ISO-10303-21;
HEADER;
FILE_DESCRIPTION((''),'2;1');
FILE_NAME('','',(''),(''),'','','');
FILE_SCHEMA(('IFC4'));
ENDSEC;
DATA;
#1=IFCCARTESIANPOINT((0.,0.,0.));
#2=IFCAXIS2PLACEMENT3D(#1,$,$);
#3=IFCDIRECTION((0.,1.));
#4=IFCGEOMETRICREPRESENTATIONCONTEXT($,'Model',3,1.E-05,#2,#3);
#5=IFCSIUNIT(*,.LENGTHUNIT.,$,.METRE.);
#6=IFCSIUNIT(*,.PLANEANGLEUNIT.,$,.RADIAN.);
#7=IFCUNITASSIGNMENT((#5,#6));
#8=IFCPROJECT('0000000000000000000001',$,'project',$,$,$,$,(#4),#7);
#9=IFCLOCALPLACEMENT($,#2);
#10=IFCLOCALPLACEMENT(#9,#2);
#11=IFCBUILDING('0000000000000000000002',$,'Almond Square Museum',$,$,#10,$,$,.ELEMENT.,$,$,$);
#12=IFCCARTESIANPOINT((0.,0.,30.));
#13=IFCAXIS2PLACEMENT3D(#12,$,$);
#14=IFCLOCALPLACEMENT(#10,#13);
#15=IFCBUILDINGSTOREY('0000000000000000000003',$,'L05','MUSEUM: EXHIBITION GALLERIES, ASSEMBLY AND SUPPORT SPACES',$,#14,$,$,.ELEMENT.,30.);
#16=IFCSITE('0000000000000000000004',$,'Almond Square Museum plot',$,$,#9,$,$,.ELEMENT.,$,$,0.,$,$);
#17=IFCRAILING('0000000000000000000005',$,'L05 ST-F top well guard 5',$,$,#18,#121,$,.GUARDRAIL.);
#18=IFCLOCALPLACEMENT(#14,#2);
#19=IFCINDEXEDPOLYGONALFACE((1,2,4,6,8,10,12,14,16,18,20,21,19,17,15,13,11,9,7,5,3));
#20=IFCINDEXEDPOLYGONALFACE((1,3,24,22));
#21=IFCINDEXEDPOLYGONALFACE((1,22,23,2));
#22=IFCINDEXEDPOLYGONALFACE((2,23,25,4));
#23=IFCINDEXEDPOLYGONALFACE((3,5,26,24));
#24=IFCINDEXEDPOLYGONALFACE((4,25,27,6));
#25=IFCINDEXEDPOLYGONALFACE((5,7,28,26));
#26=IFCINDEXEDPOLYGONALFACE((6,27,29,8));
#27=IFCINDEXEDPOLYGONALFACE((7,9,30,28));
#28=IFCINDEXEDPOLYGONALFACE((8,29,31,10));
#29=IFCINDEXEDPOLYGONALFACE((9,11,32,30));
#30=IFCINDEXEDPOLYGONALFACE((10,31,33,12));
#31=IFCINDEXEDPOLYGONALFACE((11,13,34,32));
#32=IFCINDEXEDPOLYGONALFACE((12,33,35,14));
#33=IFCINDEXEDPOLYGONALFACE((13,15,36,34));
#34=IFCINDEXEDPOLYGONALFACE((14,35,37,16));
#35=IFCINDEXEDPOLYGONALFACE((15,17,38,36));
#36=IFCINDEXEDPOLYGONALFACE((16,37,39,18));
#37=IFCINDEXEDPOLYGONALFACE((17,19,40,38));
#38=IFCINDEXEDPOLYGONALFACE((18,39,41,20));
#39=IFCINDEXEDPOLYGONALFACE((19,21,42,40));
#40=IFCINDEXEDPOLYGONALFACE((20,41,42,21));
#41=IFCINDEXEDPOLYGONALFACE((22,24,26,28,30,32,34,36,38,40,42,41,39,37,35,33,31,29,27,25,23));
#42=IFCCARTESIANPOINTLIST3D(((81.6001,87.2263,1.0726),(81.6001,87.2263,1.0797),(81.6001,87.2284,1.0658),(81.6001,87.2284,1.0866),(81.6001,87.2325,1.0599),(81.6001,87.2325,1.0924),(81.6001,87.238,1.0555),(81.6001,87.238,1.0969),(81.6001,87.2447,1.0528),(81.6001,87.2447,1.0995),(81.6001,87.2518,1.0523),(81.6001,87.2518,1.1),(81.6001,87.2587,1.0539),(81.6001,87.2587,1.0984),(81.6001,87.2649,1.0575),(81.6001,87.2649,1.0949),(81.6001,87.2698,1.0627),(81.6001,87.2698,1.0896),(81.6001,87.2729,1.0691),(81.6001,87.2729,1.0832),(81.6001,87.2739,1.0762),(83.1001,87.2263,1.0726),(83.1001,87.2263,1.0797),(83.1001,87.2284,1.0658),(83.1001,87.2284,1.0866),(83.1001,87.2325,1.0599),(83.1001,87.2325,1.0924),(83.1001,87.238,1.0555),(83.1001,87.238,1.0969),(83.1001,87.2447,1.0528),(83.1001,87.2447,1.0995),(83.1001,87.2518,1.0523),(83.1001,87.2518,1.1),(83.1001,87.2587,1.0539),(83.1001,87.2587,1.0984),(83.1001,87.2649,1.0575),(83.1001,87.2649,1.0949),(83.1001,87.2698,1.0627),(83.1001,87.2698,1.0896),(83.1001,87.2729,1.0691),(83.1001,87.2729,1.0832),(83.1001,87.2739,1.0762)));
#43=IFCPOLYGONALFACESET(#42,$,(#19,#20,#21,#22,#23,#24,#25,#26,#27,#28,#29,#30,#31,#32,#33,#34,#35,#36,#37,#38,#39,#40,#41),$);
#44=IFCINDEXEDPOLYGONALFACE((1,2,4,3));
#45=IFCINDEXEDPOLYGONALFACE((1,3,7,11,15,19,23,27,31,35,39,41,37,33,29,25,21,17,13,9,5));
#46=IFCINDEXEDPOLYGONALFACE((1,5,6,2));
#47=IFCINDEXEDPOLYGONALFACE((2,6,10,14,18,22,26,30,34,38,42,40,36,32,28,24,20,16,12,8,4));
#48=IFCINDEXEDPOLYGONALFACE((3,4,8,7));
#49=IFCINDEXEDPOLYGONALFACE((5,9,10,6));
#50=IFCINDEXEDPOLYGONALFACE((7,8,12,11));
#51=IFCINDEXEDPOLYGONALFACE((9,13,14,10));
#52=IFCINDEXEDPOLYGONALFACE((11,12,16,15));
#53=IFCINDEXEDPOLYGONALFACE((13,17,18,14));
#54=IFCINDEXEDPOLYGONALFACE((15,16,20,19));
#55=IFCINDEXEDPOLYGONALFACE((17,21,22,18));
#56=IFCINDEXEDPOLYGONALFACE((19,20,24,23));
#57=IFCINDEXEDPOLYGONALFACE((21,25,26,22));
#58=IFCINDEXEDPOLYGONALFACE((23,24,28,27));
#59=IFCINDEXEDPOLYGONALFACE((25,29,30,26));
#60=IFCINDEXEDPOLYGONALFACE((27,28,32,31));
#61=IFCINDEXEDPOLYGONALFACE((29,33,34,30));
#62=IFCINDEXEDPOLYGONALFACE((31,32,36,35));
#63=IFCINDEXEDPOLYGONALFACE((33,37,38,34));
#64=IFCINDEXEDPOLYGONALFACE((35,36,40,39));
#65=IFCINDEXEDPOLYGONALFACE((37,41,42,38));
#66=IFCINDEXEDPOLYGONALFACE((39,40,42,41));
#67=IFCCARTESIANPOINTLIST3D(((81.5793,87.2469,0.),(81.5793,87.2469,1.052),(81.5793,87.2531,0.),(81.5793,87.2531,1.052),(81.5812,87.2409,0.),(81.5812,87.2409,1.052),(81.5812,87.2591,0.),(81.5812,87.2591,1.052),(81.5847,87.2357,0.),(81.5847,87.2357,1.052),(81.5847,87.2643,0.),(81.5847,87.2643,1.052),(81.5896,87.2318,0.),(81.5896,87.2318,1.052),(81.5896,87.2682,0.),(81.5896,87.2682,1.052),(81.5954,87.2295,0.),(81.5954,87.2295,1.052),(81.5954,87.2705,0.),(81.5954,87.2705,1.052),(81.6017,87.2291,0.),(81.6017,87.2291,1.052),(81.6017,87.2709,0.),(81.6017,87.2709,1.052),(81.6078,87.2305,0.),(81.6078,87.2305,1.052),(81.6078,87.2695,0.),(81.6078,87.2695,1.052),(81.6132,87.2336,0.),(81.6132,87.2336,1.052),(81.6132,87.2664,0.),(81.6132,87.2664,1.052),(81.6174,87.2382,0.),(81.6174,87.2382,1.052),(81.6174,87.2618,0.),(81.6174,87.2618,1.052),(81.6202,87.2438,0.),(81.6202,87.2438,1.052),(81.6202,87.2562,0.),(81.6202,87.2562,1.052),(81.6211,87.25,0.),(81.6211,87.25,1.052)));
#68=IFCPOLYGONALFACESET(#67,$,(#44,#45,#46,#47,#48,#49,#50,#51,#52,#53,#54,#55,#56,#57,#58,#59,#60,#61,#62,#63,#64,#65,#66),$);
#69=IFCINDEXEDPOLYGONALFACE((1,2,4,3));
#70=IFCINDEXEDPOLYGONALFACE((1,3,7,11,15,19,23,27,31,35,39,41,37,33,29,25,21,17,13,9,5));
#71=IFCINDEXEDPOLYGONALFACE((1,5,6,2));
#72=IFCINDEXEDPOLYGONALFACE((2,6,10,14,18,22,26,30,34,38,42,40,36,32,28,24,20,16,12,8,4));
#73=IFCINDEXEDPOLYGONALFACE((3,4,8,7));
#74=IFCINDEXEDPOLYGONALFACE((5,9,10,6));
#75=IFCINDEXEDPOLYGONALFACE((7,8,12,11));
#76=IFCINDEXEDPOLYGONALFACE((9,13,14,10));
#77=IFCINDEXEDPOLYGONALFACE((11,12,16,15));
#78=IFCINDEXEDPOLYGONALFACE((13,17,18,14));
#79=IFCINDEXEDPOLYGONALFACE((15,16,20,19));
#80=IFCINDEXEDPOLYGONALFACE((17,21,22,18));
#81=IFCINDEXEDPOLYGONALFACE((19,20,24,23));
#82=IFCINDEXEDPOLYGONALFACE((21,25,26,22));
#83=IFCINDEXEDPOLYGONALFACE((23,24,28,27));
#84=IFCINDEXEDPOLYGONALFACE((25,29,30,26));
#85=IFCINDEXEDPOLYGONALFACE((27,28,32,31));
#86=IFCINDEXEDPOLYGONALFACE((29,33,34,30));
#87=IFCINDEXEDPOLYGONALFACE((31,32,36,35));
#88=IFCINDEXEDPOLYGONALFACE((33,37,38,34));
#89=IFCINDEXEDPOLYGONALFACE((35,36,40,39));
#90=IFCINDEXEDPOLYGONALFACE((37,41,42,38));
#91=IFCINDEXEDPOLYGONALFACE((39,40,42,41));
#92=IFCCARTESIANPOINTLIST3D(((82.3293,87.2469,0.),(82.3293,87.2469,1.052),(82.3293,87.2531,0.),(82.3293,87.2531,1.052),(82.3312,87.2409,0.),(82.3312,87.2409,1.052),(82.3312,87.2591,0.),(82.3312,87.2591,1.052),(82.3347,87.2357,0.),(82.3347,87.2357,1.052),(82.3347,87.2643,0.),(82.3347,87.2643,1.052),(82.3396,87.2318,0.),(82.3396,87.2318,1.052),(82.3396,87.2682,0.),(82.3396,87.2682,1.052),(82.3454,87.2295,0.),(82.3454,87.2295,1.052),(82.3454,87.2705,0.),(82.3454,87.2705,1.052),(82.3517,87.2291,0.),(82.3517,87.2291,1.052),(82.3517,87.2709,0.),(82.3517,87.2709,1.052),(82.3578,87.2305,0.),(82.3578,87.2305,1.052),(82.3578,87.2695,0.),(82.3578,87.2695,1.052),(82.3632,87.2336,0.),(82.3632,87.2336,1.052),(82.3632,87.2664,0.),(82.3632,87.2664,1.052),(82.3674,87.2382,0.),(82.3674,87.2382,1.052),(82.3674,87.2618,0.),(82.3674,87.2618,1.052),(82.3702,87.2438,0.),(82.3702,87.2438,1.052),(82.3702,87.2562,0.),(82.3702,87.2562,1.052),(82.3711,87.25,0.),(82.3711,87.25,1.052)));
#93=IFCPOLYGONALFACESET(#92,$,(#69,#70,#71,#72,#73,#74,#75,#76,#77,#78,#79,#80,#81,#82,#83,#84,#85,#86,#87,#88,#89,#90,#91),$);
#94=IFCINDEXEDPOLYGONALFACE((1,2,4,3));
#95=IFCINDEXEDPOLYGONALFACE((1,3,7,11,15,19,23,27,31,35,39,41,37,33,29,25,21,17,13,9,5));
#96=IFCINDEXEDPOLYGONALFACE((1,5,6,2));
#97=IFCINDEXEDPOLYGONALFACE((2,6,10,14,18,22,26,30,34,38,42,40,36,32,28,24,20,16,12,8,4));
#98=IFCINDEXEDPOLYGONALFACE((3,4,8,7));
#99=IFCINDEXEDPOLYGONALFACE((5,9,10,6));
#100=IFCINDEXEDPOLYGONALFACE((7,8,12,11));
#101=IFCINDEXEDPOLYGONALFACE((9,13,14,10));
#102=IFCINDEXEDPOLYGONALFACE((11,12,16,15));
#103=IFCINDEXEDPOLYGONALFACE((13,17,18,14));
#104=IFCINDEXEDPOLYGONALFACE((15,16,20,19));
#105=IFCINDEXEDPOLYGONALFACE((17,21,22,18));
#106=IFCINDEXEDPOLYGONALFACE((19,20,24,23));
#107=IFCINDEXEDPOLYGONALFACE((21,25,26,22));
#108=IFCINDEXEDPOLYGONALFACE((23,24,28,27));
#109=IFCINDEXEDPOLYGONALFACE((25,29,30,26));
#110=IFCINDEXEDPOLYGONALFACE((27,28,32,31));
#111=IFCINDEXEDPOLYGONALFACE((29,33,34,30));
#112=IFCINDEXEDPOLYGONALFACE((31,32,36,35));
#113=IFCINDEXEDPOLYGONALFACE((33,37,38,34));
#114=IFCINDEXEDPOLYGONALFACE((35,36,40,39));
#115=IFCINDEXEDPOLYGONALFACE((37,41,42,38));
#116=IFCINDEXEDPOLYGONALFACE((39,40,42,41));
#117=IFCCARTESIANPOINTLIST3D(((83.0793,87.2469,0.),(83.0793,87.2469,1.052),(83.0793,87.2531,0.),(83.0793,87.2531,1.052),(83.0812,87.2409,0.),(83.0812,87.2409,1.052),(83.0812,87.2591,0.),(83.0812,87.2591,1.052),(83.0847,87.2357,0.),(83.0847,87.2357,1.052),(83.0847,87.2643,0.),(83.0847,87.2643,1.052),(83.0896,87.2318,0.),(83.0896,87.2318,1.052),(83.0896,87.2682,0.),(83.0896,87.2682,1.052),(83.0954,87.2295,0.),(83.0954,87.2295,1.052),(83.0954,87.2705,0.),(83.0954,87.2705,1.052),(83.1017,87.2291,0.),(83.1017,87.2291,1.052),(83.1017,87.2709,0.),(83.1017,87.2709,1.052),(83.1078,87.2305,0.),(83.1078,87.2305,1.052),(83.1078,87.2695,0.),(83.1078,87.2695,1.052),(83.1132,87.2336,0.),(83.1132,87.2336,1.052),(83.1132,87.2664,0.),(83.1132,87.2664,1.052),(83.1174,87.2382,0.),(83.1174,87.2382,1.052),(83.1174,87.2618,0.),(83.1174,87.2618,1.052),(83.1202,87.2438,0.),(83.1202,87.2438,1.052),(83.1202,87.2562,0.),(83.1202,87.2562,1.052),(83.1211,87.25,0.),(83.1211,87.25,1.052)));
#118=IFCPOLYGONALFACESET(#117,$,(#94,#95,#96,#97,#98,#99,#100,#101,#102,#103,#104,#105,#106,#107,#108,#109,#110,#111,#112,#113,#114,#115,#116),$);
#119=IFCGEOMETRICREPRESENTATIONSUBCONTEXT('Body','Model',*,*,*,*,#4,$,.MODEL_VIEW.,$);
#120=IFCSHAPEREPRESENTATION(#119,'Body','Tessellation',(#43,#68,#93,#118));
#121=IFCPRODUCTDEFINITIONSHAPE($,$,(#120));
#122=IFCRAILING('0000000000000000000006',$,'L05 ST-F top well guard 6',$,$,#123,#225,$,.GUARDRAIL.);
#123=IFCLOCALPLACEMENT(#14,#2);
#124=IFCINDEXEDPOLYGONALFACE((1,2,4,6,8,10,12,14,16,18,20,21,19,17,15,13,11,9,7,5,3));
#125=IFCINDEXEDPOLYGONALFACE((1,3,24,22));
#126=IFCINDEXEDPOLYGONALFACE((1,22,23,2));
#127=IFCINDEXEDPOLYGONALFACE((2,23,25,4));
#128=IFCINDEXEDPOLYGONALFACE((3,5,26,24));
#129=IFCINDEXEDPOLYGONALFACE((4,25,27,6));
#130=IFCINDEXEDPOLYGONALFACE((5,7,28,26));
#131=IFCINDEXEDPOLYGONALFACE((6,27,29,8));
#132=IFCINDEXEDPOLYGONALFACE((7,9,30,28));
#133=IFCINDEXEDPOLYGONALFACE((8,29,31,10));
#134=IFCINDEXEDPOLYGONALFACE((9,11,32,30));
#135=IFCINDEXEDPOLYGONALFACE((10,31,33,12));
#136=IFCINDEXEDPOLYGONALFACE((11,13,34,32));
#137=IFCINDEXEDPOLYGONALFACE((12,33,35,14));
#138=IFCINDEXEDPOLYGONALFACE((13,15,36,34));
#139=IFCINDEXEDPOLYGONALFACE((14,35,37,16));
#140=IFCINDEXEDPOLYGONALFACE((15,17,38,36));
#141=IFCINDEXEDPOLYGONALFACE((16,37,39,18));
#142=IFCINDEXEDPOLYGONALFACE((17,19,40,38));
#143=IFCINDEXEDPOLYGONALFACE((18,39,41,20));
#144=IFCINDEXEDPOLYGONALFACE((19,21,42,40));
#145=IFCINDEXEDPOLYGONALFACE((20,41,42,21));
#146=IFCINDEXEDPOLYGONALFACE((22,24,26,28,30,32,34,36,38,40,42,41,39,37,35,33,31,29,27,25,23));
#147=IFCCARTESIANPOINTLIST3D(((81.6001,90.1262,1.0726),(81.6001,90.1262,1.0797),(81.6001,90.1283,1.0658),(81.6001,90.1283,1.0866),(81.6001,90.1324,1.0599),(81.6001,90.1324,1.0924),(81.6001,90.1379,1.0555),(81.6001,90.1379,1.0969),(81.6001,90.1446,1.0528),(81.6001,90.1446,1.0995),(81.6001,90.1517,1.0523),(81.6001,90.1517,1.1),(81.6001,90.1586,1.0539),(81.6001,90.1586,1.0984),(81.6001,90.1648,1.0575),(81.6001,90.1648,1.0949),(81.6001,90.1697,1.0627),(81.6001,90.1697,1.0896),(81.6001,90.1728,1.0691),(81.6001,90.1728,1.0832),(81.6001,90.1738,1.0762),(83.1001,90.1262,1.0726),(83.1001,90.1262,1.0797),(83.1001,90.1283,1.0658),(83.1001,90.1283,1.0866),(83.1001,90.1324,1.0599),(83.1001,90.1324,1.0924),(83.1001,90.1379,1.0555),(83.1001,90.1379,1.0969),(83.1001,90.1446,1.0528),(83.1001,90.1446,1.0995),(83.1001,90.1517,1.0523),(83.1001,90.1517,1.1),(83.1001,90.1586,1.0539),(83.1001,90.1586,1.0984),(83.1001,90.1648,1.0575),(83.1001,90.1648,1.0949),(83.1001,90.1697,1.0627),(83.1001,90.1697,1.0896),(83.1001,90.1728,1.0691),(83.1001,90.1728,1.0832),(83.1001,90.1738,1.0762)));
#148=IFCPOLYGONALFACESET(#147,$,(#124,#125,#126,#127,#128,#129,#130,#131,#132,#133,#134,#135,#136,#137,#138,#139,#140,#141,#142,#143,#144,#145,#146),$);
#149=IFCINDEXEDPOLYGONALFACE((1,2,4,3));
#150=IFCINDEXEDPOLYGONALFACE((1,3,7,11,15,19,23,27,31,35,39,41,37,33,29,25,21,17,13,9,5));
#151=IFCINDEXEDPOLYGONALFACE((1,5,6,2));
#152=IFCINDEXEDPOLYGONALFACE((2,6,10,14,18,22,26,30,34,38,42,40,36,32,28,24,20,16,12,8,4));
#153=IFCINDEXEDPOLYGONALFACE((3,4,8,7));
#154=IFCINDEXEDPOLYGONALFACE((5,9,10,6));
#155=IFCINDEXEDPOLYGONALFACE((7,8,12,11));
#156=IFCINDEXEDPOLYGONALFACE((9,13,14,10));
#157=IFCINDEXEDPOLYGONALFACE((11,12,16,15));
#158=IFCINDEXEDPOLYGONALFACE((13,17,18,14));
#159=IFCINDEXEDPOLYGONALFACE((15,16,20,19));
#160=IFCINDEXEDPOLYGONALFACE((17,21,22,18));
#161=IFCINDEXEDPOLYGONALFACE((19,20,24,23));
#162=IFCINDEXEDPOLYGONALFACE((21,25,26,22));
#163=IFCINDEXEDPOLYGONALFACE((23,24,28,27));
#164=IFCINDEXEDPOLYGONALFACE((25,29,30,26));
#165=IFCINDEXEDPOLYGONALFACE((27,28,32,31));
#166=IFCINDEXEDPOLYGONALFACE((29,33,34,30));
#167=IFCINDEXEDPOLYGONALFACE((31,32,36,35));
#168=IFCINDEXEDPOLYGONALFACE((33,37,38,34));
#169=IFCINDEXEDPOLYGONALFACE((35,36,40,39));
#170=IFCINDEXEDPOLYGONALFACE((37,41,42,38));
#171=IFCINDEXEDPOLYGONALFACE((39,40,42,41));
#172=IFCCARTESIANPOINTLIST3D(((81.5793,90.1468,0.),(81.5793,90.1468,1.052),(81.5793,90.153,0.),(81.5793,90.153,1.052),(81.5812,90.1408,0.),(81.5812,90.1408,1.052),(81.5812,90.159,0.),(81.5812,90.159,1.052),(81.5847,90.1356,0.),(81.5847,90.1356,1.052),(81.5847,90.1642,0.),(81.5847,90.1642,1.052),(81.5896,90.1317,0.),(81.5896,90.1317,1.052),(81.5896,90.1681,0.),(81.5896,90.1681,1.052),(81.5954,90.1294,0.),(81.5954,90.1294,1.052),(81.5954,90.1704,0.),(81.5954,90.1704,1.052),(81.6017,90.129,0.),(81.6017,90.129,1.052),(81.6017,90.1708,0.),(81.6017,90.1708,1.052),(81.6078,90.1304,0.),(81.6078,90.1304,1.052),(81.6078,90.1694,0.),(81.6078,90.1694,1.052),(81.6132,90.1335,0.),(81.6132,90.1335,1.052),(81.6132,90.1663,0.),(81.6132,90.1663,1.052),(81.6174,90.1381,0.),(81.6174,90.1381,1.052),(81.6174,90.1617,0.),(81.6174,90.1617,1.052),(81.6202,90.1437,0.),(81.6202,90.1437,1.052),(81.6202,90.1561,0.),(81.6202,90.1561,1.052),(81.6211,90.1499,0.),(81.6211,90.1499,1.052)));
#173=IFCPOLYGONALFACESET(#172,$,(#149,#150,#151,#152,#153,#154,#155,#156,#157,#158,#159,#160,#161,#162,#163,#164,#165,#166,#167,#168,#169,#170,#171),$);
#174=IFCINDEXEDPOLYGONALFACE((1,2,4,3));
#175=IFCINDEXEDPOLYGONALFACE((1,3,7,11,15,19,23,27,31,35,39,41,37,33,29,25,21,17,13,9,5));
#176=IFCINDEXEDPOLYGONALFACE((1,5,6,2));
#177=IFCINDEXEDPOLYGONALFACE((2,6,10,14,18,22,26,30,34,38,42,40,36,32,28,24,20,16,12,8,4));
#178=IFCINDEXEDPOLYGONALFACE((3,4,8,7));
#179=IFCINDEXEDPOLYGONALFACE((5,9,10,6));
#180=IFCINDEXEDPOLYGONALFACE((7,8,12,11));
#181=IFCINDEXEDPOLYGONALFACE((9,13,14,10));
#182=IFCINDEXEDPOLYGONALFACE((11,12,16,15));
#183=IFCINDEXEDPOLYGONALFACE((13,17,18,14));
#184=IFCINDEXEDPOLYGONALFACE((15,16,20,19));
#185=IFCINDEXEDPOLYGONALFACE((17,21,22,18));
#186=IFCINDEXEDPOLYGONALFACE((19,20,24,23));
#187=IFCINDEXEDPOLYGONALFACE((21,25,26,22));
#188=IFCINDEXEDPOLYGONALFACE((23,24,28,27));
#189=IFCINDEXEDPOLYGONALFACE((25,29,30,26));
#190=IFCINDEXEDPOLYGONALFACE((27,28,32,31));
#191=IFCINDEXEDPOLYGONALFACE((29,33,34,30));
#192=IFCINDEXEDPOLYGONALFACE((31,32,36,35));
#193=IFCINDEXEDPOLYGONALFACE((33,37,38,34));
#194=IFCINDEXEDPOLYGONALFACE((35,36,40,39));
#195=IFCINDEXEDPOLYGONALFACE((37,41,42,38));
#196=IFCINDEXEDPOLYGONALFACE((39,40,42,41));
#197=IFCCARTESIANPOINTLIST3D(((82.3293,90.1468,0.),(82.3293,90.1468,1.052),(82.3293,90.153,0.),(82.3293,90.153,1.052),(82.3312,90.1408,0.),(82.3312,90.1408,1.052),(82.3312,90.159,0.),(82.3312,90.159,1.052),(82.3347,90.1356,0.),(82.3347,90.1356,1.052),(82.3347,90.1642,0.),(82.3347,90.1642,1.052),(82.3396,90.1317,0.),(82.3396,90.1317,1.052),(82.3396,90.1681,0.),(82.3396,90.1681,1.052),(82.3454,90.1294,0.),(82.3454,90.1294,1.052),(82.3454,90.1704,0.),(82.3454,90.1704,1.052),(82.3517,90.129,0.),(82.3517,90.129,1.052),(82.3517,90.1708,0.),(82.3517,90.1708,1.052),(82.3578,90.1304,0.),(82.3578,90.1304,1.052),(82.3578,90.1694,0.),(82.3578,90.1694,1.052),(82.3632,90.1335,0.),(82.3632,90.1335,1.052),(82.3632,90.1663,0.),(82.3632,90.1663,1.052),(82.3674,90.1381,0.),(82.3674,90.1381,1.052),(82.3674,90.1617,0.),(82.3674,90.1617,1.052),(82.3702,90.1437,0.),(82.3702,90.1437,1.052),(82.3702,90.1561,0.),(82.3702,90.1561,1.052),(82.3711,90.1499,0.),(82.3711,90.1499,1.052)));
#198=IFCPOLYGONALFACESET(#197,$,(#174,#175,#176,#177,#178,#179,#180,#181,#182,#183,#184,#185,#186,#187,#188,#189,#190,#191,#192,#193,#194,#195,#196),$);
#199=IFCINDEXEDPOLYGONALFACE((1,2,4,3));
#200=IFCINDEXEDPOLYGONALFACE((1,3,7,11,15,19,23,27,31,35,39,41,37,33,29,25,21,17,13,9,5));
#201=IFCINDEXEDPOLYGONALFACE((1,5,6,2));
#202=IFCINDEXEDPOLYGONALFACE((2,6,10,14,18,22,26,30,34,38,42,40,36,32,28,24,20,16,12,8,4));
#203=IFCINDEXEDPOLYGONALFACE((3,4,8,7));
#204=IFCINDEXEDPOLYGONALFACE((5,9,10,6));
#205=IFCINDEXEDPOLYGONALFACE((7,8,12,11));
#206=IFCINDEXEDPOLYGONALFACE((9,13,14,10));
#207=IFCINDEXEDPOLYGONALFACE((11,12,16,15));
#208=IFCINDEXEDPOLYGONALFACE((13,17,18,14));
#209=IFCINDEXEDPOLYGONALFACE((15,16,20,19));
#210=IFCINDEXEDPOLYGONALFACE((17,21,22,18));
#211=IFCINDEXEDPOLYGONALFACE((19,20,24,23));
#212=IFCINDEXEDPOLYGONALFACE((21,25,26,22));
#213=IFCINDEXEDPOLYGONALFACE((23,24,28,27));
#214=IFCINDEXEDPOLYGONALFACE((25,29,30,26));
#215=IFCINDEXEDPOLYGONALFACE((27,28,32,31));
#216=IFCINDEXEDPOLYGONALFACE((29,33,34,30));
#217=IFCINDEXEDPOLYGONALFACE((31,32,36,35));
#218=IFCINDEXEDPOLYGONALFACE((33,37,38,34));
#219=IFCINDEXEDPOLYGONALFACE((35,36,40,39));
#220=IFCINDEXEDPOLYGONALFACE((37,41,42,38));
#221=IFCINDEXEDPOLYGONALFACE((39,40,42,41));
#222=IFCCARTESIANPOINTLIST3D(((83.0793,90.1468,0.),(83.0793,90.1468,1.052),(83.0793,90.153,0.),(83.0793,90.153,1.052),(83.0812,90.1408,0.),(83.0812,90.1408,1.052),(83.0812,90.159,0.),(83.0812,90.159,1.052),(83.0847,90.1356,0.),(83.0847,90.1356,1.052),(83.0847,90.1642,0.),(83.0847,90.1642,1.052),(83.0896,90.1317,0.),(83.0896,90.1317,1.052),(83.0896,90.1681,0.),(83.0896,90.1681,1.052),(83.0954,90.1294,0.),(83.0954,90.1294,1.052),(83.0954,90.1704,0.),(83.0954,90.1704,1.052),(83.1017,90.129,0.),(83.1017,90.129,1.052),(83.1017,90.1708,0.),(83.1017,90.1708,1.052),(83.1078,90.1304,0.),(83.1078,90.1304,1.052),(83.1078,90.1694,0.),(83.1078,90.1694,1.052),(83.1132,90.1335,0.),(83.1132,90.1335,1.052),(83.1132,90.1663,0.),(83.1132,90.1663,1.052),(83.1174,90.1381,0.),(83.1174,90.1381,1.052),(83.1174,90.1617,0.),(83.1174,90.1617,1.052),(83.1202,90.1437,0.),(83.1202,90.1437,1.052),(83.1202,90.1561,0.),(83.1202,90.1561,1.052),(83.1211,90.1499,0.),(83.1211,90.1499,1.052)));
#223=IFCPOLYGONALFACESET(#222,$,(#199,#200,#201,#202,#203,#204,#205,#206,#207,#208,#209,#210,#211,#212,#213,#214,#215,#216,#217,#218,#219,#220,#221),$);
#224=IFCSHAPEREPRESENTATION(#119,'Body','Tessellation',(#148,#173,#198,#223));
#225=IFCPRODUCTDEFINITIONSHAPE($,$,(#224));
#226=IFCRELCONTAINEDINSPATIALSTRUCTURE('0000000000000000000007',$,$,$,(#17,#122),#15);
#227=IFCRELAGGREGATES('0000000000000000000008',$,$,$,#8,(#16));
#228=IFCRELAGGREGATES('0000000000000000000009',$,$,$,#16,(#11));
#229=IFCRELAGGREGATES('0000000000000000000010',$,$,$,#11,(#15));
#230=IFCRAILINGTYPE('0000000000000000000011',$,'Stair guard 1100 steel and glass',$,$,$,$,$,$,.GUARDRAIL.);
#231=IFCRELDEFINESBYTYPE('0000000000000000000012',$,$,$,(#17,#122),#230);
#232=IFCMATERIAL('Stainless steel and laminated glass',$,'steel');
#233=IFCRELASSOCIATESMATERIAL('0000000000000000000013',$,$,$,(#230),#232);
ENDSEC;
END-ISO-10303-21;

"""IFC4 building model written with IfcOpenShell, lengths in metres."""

from ifc_helpers import new_model, si_unit, direction, frame, origin, origin_2d, place, context, subcontext, project, spatial, circle, extrude, material, type_object, element, save


model = new_model("IFC4")

# Units and contexts
model_context = context("Model", 3, precision=1e-05, world=origin(), true_north=direction((0.0, 1.0)))
body_context = subcontext(model_context, "Body", "Model", "MODEL_VIEW")
ifc_project = project(units=[si_unit("LENGTHUNIT", "METRE"), si_unit("PLANEANGLEUNIT", "RADIAN")], contexts=[model_context])

# Site, building, storey
site_placement = place(None, origin())
site = spatial("IfcSite", under=ifc_project, at=site_placement, Name="Almond Square Museum plot", CompositionType="ELEMENT", RefElevation=0.0)
building_placement = place(site_placement, origin())
building = spatial("IfcBuilding", under=site, at=building_placement, Name="Almond Square Museum", CompositionType="ELEMENT")
storey_placement = place(building_placement, frame((0.0, 0.0, 30.0)))
storey = spatial("IfcBuildingStorey", under=building, at=storey_placement, Name="L05", Description="MUSEUM: EXHIBITION GALLERIES, ASSEMBLY AND SUPPORT SPACES", CompositionType="ELEMENT", Elevation=30.0)

# Railings
ifc_material_1 = material(Name="Stainless steel and laminated glass", Category="steel")
railing_type_1 = type_object("IfcRailingType", Name="Stair guard 1100 steel and glass", PredefinedType="GUARDRAIL", material=ifc_material_1)
for number, where, name in (
    (1, (81.6001, 87.25, 0.0), "L05 ST-F top well guard 5"),
    (2, (81.6001, 90.1499, 0.0), "L05 ST-F top well guard 6"),
):
    element("IfcRailing", number, at=place(storey_placement, frame(where)), inside=storey, type_object=railing_type_1, Name=name, PredefinedType="GUARDRAIL", context=body_context, shape_type="SweptSolid", body=[
        extrude(circle(Radius=0.0239, at=origin_2d()), frame((0.0, 0.0, 1.0762), z_axis=(1.0, 0.0, 0.0), x_axis=(0.0, 1.0, 0.0)), (0.0, 0.0, 1.0), 1.5),
        extrude(circle(Radius=0.021, at=origin_2d()), origin(), (0.0, 0.0, 1.0), 1.052),
        extrude(circle(Radius=0.021, at=origin_2d()), frame((0.75, 0.0, 0.0)), (0.0, 0.0, 1.0), 1.052),
        extrude(circle(Radius=0.021, at=origin_2d()), frame((1.5, 0.0, 0.0)), (0.0, 0.0, 1.0), 1.052),
    ])

save(model, "model.ifc")
